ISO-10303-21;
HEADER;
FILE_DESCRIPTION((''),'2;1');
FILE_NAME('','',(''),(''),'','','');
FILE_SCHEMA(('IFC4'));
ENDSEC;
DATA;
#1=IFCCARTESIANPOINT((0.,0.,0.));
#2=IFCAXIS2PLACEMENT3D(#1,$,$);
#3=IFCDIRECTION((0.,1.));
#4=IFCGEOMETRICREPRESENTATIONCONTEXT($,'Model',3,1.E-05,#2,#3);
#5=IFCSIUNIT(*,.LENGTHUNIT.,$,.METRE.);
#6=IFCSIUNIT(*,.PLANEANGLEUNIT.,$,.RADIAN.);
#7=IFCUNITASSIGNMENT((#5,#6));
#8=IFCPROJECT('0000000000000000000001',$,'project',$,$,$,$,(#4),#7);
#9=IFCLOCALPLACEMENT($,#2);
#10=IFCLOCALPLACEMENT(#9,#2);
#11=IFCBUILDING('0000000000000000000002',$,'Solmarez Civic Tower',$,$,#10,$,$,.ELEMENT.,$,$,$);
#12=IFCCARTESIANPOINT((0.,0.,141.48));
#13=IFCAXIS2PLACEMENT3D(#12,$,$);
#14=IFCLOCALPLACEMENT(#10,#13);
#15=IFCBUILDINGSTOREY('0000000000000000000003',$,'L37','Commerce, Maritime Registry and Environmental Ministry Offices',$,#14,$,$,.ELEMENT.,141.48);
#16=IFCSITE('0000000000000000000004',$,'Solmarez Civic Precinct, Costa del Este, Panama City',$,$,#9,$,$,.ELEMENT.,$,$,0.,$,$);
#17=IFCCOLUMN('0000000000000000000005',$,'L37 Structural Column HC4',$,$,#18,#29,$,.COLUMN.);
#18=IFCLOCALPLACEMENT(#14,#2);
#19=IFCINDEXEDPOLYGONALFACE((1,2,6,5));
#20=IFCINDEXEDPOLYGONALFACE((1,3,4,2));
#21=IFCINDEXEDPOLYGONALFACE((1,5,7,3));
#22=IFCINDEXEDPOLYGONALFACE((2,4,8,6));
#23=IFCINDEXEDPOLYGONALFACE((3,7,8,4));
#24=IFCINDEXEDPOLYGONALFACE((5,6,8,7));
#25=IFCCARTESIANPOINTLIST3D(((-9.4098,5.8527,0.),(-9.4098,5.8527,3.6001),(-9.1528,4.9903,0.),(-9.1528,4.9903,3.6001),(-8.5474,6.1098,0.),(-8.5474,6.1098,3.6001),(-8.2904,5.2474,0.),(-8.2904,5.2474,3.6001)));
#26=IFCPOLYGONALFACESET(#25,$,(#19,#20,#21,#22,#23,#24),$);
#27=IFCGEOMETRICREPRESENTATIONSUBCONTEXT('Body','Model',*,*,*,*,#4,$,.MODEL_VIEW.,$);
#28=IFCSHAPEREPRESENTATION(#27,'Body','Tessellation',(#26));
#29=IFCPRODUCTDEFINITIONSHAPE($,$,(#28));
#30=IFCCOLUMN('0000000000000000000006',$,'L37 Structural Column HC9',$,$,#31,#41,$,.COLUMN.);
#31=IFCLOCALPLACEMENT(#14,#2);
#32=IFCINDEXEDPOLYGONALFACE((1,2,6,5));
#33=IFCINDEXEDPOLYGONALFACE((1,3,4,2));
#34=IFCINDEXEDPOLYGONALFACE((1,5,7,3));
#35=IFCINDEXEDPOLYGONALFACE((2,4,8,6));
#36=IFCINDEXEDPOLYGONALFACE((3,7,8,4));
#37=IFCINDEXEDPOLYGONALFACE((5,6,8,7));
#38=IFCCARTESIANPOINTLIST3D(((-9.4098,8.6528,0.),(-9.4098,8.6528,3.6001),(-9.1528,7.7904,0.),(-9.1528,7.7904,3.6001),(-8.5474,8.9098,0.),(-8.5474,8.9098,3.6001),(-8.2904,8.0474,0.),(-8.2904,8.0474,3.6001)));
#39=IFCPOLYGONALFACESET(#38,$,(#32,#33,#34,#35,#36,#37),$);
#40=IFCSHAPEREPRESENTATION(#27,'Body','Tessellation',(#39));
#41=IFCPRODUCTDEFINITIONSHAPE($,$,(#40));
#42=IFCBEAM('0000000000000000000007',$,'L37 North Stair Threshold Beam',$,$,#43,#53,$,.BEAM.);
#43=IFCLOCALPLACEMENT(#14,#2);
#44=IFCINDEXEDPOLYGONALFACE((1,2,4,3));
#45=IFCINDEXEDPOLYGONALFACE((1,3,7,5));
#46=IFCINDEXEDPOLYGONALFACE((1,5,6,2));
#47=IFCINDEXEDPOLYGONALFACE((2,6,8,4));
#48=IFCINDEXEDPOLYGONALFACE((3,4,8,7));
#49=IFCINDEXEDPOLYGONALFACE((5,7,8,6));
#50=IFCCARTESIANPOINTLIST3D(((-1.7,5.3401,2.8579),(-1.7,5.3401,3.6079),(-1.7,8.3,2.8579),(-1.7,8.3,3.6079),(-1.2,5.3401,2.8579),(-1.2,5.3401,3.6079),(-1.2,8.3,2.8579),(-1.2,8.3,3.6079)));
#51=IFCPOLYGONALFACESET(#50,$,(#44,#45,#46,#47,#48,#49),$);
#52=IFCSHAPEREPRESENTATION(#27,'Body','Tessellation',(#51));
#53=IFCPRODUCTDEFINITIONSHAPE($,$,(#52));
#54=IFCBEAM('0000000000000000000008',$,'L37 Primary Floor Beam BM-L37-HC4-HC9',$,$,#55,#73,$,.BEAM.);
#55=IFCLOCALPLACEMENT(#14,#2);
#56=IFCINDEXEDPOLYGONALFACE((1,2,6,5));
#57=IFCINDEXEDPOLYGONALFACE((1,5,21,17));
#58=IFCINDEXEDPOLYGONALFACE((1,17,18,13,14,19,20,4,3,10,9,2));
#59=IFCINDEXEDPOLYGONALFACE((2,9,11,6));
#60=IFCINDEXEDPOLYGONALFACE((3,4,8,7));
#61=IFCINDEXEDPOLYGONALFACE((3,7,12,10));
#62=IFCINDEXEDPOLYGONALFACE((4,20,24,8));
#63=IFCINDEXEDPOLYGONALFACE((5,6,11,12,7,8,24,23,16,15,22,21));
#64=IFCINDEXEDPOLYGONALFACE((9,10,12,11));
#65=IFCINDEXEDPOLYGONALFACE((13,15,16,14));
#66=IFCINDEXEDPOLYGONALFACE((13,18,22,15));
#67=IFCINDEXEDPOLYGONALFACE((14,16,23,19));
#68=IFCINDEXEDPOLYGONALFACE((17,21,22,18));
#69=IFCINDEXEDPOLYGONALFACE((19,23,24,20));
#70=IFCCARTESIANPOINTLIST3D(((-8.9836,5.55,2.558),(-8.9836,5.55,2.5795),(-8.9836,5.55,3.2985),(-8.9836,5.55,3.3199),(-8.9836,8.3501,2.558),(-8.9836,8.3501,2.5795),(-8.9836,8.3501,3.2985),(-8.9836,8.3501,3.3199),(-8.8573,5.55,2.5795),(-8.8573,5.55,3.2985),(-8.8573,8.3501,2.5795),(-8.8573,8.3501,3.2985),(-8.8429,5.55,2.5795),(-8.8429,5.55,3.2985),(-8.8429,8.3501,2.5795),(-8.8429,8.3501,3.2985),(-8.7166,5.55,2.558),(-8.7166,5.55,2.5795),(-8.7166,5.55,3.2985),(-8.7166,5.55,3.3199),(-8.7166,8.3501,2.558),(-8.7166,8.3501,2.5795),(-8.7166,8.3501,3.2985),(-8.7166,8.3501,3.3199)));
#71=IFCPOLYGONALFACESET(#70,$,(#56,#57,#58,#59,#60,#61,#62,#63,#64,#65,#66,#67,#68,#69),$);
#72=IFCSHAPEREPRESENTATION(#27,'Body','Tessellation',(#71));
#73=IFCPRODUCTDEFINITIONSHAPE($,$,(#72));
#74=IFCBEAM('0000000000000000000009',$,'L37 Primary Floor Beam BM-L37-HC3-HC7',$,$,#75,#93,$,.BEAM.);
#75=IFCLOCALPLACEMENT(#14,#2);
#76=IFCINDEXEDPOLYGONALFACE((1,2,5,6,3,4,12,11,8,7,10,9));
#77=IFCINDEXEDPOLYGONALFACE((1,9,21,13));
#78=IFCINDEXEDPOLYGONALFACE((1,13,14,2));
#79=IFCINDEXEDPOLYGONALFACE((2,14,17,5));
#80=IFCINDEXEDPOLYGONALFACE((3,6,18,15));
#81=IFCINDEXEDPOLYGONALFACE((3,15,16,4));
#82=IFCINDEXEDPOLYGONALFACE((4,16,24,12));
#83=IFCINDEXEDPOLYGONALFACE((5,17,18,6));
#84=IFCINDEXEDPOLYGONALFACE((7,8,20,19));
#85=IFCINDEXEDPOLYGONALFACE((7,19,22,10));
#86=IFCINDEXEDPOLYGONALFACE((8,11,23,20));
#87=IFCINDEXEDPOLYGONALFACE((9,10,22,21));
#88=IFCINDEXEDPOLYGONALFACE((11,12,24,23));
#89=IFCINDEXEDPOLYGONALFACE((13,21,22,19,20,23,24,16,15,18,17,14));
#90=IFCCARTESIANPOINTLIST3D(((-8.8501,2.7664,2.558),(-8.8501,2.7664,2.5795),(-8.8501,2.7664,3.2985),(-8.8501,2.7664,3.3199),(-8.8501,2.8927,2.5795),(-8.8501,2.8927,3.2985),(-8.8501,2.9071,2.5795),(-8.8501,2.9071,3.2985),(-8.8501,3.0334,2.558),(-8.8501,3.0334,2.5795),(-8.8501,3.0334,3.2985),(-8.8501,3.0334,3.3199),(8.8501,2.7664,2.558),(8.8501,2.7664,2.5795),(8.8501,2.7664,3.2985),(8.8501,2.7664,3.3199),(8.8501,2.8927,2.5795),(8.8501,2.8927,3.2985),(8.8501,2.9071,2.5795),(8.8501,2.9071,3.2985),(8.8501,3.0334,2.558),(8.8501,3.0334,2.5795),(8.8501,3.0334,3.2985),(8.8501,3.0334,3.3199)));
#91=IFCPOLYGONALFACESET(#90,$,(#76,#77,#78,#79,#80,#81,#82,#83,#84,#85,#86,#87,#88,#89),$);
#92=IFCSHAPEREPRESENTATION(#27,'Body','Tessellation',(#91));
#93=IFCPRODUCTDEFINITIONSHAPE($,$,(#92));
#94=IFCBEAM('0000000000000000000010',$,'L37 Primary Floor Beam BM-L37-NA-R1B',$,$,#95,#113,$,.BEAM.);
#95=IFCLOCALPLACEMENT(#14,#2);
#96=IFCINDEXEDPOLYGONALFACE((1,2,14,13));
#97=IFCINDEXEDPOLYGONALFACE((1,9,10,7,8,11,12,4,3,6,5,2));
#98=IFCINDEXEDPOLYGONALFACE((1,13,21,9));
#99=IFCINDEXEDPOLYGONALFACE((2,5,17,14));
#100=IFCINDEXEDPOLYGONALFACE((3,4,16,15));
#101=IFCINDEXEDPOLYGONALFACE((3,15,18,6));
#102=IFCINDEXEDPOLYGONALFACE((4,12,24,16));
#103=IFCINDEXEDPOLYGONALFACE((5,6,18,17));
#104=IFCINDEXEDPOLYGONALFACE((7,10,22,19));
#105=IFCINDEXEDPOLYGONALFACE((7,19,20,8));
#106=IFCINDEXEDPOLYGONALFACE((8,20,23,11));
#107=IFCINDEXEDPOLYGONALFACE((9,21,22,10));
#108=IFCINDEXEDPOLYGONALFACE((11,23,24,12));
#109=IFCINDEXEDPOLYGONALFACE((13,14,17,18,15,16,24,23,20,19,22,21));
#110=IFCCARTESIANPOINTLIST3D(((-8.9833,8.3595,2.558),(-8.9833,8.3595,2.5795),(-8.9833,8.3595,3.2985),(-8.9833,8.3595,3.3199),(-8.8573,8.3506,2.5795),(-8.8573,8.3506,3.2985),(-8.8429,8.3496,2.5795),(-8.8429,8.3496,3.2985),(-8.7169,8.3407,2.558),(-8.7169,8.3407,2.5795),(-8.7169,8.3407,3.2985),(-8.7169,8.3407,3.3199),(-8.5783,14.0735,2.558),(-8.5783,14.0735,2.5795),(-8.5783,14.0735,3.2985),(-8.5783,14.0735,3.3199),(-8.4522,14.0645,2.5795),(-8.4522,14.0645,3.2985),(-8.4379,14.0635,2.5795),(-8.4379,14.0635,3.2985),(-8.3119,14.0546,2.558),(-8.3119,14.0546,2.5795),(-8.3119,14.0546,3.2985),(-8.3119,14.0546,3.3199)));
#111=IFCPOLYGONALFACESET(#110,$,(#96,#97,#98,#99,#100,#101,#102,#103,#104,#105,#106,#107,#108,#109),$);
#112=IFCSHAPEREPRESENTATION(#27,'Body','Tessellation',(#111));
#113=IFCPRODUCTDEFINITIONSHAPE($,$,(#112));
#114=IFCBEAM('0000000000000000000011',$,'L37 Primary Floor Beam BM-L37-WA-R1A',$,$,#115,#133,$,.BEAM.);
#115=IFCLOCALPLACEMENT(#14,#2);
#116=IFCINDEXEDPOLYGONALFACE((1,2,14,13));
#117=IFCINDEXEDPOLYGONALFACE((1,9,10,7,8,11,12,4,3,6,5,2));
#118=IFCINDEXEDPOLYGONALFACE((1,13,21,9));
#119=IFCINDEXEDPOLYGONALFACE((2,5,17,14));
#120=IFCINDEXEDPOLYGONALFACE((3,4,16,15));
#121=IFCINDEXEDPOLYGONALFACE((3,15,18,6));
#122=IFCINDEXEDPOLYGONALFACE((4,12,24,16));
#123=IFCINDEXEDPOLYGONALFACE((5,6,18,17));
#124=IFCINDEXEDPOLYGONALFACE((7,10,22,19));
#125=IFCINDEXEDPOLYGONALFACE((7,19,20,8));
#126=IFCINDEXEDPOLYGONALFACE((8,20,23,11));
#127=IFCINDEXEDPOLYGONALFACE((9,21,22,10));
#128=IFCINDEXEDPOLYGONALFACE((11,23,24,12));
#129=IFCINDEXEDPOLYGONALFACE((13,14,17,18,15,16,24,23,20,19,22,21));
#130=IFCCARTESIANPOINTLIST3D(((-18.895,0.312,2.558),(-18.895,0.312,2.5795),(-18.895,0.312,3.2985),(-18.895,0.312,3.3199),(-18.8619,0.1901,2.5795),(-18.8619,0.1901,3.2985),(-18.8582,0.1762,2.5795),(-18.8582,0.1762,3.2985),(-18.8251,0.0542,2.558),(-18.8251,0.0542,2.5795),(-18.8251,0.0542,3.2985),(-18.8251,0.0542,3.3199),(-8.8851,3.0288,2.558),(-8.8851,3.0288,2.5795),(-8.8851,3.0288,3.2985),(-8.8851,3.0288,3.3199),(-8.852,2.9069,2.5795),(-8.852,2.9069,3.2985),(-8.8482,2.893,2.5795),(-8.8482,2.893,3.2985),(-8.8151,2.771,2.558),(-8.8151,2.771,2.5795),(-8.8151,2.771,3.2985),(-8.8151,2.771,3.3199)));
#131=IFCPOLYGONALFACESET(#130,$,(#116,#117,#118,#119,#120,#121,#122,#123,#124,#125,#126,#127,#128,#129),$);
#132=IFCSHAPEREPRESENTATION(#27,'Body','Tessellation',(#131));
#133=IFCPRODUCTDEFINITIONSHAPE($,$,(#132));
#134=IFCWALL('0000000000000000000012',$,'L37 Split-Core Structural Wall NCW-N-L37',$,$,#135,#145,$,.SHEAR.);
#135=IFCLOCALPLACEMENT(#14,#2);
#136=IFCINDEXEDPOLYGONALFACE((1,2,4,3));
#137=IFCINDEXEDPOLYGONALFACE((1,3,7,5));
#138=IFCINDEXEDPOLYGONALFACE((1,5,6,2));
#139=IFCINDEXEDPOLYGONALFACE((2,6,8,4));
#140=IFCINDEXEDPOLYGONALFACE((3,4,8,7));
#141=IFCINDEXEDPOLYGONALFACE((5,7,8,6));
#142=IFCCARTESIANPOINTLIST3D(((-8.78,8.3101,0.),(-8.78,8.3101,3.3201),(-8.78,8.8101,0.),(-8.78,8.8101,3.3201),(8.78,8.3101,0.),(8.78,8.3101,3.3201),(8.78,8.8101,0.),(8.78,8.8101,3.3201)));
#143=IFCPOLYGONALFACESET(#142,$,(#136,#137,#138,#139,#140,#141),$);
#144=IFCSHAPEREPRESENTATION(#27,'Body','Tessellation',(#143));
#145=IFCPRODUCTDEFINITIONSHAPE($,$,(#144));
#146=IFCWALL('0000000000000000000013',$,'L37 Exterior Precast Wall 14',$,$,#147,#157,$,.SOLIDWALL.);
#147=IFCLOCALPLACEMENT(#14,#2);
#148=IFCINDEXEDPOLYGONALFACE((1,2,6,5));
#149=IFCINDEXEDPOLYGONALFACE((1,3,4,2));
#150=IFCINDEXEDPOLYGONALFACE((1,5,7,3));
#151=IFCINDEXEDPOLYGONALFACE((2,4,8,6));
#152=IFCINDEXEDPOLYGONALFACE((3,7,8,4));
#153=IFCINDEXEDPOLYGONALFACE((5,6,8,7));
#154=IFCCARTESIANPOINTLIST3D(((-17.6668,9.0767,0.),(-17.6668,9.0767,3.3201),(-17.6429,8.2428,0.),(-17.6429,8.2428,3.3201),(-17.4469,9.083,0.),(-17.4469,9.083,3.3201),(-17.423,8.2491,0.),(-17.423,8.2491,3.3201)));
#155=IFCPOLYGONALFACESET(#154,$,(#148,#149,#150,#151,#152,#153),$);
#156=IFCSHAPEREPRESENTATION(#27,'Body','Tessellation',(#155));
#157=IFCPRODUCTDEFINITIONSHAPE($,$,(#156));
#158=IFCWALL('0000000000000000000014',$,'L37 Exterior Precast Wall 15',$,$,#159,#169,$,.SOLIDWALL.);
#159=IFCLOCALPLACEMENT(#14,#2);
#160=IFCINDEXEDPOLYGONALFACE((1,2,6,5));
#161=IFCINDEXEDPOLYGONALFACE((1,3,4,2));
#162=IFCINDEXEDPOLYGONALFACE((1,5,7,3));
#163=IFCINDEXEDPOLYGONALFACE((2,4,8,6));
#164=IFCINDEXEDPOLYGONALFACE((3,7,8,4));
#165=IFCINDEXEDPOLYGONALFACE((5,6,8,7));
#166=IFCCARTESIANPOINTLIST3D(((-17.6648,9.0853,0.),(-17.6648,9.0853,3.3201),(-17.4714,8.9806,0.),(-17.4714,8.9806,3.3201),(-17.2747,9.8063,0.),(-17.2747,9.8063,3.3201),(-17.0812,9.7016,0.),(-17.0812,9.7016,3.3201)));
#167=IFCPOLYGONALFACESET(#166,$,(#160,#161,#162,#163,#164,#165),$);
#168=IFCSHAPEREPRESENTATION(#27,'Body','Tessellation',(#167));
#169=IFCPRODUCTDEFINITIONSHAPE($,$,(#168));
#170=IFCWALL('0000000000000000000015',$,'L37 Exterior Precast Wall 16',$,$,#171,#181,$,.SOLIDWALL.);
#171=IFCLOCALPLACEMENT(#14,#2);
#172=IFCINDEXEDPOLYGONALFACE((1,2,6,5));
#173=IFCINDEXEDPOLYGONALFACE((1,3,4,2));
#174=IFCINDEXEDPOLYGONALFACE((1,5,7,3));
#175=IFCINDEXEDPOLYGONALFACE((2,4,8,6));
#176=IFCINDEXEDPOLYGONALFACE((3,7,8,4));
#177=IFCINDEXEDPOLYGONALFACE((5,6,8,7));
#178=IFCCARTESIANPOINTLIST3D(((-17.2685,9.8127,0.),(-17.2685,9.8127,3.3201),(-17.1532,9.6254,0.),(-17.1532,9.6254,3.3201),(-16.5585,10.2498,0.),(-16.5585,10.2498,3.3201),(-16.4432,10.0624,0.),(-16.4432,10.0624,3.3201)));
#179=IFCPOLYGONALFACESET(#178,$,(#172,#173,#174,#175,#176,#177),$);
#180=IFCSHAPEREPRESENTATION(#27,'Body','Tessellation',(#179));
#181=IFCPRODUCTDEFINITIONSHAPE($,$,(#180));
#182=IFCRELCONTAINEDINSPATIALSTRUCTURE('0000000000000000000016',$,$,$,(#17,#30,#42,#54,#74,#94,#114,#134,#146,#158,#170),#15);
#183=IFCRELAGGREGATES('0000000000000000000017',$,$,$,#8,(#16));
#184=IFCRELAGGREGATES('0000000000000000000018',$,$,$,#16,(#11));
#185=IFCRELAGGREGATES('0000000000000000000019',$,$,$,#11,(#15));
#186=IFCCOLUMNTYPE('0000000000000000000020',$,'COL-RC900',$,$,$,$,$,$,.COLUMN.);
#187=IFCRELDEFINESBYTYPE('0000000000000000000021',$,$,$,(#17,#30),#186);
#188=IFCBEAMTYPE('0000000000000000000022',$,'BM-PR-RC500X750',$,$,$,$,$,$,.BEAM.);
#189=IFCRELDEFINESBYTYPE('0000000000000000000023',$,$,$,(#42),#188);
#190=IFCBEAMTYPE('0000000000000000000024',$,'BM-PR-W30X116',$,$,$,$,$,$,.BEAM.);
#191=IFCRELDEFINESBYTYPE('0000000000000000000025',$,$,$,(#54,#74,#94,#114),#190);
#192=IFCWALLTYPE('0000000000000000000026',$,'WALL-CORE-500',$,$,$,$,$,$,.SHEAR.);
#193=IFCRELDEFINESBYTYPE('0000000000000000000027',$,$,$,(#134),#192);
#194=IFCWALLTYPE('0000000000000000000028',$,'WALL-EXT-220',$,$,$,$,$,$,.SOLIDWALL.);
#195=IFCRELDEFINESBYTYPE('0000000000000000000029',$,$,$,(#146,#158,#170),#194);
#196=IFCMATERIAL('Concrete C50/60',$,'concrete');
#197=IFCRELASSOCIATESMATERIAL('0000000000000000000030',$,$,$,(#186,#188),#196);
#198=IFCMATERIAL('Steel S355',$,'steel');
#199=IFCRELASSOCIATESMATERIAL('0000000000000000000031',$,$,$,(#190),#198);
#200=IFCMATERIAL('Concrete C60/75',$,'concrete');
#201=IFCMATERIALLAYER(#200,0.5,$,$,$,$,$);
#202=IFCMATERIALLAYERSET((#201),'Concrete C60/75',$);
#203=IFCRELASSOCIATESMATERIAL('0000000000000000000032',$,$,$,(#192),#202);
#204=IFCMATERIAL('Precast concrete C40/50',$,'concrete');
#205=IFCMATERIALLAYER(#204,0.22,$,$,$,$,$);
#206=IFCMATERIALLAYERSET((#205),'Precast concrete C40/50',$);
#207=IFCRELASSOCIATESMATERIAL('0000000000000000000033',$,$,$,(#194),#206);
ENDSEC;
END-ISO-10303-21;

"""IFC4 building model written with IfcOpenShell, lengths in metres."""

from ifc_helpers import new_model, si_unit, direction, frame, frame_2d, origin, origin_2d, place, context, subcontext, project, spatial, rectangle, i_section, extrude, material, layer, layer_set, material_profile, profile_set, type_object, element, save


model = new_model("IFC4")

# Units and contexts
model_context = context("Model", 3, precision=1e-05, world=origin(), true_north=direction((0.0, 1.0)))
body_context = subcontext(model_context, "Body", "Model", "MODEL_VIEW")
ifc_project = project(units=[si_unit("LENGTHUNIT", "METRE"), si_unit("PLANEANGLEUNIT", "RADIAN")], contexts=[model_context])

# Site, building, storey
site_placement = place(None, origin())
site = spatial("IfcSite", under=ifc_project, at=site_placement, Name="Solmarez Civic Precinct, Costa del Este, Panama City", CompositionType="ELEMENT", RefElevation=0.0)
building_placement = place(site_placement, origin())
building = spatial("IfcBuilding", under=site, at=building_placement, Name="Solmarez Civic Tower", CompositionType="ELEMENT")
storey_placement = place(building_placement, frame((0.0, 0.0, 141.48)))
storey = spatial("IfcBuildingStorey", under=building, at=storey_placement, Name="L37", Description="Commerce, Maritime Registry and Environmental Ministry Offices", CompositionType="ELEMENT", Elevation=141.48)

# Columns
ifc_material_1 = material(Name="Concrete C50/60", Category="concrete")
ifc_material_profile_1 = material_profile(ifc_material_1, rectangle(XDim=0.8999, YDim=0.8999, at=origin_2d()), Name="RC900X900")
ifc_profile_set_1 = profile_set([ifc_material_profile_1], Name="Concrete C50/60")
column_type = type_object("IfcColumnType", Name="COL-RC900", PredefinedType="COLUMN", material=ifc_profile_set_1)
for number, where, z_axis, x_axis, name in (
    (1, (-8.8501, 5.55, 0.0), (0.0, 0.0, 1.0), (0.958323, 0.285688, 0.0), "L37 Structural Column HC4"),
    (2, (-8.8501, 8.3501, 0.0), (0.0, 0.0, 1.0), (0.958323, 0.285688, 0.0), "L37 Structural Column HC9"),
):
    element("IfcColumn", number, at=place(storey_placement, frame(where, z_axis=z_axis, x_axis=x_axis)), inside=storey, type_object=column_type, Name=name, PredefinedType="COLUMN", context=body_context, shape_type="SweptSolid", body=[
        extrude(rectangle(XDim=0.8999, YDim=0.8999, at=origin_2d()), origin(), (0.0, 0.0, 1.0), 3.6001),
    ])

# Beams
ifc_material_profile_2 = material_profile(ifc_material_1, rectangle(XDim=0.5, YDim=0.75, at=origin_2d()), Name="RC500X750")
ifc_profile_set_2 = profile_set([ifc_material_profile_2], Name="Concrete C50/60")
beam_type_1 = type_object("IfcBeamType", Name="BM-PR-RC500X750", PredefinedType="BEAM", material=ifc_profile_set_2)
beam_1_placement = place(storey_placement, frame((-1.45, 5.3401, 3.2329), z_axis=(0.0, 1.0, 0.0), x_axis=(-1.0, 0.0, 0.0)))
element("IfcBeam", 3, at=beam_1_placement, inside=storey, type_object=beam_type_1, Name="L37 North Stair Threshold Beam", PredefinedType="BEAM", context=body_context, shape_type="SweptSolid", body=[
    extrude(rectangle(XDim=0.5, YDim=0.75, at=origin_2d()), origin(), (0.0, 0.0, 1.0), 2.96),
])
ifc_material_2 = material(Name="Steel S355", Category="steel")
ifc_material_profile_3 = material_profile(ifc_material_2, i_section(OverallWidth=0.2671, OverallDepth=0.762, WebThickness=0.0144, FlangeThickness=0.0215, at=origin_2d()), Name="W30X116")
ifc_profile_set_3 = profile_set([ifc_material_profile_3], Name="Steel S355")
beam_type_2 = type_object("IfcBeamType", Name="BM-PR-W30X116", PredefinedType="BEAM", material=ifc_profile_set_3)
beam_2_placement = place(storey_placement, frame((-8.8501, 5.55, 2.939), z_axis=(0.0, 1.0, 0.0), x_axis=(-1.0, 0.0, 0.0)))
element("IfcBeam", 4, at=beam_2_placement, inside=storey, type_object=beam_type_2, Name="L37 Primary Floor Beam BM-L37-HC4-HC9", PredefinedType="BEAM", context=body_context, shape_type="SweptSolid", body=[
    extrude(i_section(OverallWidth=0.2671, OverallDepth=0.762, WebThickness=0.0144, FlangeThickness=0.0215, at=origin_2d()), origin(), (0.0, 0.0, 1.0), 2.8),
])
beam_3_placement = place(storey_placement, frame((-8.8501, 2.8999, 2.939), z_axis=(1.0, 0.0, 0.0), x_axis=(0.0, 1.0, 0.0)))
element("IfcBeam", 5, at=beam_3_placement, inside=storey, type_object=beam_type_2, Name="L37 Primary Floor Beam BM-L37-HC3-HC7", PredefinedType="BEAM", context=body_context, shape_type="SweptSolid", body=[
    extrude(i_section(OverallWidth=0.2671, OverallDepth=0.762, WebThickness=0.0144, FlangeThickness=0.0215, at=origin_2d()), origin(), (0.0, 0.0, 1.0), 17.7002),
])
beam_4_placement = place(storey_placement, frame((-8.8501, 8.3501, 2.939), z_axis=(0.070708, 0.997497, 0.0), x_axis=(-0.997497, 0.070708, 0.0)))
element("IfcBeam", 6, at=beam_4_placement, inside=storey, type_object=beam_type_2, Name="L37 Primary Floor Beam BM-L37-NA-R1B", PredefinedType="BEAM", context=body_context, shape_type="SweptSolid", body=[
    extrude(i_section(OverallWidth=0.2671, OverallDepth=0.762, WebThickness=0.0144, FlangeThickness=0.0215, at=origin_2d()), origin(), (0.0, 0.0, 1.0), 5.7283),
])
beam_5_placement = place(storey_placement, frame((-8.8501, 2.8999, 2.939), z_axis=(-0.965086, -0.261932, 0.0), x_axis=(0.261932, -0.965086, 0.0)))
element("IfcBeam", 7, at=beam_5_placement, inside=storey, type_object=beam_type_2, Name="L37 Primary Floor Beam BM-L37-WA-R1A", PredefinedType="BEAM", context=body_context, shape_type="SweptSolid", body=[
    extrude(i_section(OverallWidth=0.2671, OverallDepth=0.762, WebThickness=0.0144, FlangeThickness=0.0215, at=origin_2d()), origin(), (0.0, 0.0, 1.0), 10.3721),
])

# Walls
ifc_material_3 = material(Name="Concrete C60/75", Category="concrete")
ifc_layer_1 = layer(ifc_material_3, 0.5)
ifc_layer_set_1 = layer_set([ifc_layer_1], Name="Concrete C60/75")
wall_type_1 = type_object("IfcWallType", Name="WALL-CORE-500", PredefinedType="SHEAR", material=ifc_layer_set_1)
wall_1_placement = place(storey_placement, frame((-8.78, 8.5601, 0.0), z_axis=(0.0, 0.0, 1.0), x_axis=(1.0, 0.0, 0.0)))
element("IfcWall", 8, at=wall_1_placement, inside=storey, type_object=wall_type_1, Name="L37 Split-Core Structural Wall NCW-N-L37", PredefinedType="SHEAR", context=body_context, shape_type="SweptSolid", body=[
    extrude(rectangle(XDim=17.5601, YDim=0.5, at=frame_2d((8.78, 0.0))), origin(), (0.0, 0.0, 1.0), 3.3201),
])
ifc_material_4 = material(Name="Precast concrete C40/50", Category="concrete")
ifc_layer_2 = layer(ifc_material_4, 0.22)
ifc_layer_set_2 = layer_set([ifc_layer_2], Name="Precast concrete C40/50")
wall_type_2 = type_object("IfcWallType", Name="WALL-EXT-220", PredefinedType="SOLIDWALL", material=ifc_layer_set_2)
wall_2_placement = place(storey_placement, frame((-17.533, 8.2461, 0.0), z_axis=(0.0, 0.0, 1.0), x_axis=(-0.028677, 0.999589, 0.0)))
element("IfcWall", 9, at=wall_2_placement, inside=storey, type_object=wall_type_2, Name="L37 Exterior Precast Wall 14", PredefinedType="SOLIDWALL", context=body_context, shape_type="SweptSolid", body=[
    extrude(rectangle(XDim=0.8342, YDim=0.22, at=frame_2d((0.417, 0.0))), origin(), (0.0, 0.0, 1.0), 3.3201),
])
wall_3_placement = place(storey_placement, frame((-17.5681, 9.033, 0.0), z_axis=(0.0, 0.0, 1.0), x_axis=(0.475928, 0.879484, 0.0)))
element("IfcWall", 10, at=wall_3_placement, inside=storey, type_object=wall_type_2, Name="L37 Exterior Precast Wall 15", PredefinedType="SOLIDWALL", context=body_context, shape_type="SweptSolid", body=[
    extrude(rectangle(XDim=0.8198, YDim=0.22, at=frame_2d((0.4099, 0.0))), origin(), (0.0, 0.0, 1.0), 3.3201),
])
wall_4_placement = place(storey_placement, frame((-17.2109, 9.719, 0.0), z_axis=(0.0, 0.0, 1.0), x_axis=(0.851598, 0.524195, 0.0)))
element("IfcWall", 11, at=wall_4_placement, inside=storey, type_object=wall_type_2, Name="L37 Exterior Precast Wall 16", PredefinedType="SOLIDWALL", context=body_context, shape_type="SweptSolid", body=[
    extrude(rectangle(XDim=0.8337, YDim=0.22, at=frame_2d((0.417, 0.0))), origin(), (0.0, 0.0, 1.0), 3.3201),
])

save(model, "model.ifc")
